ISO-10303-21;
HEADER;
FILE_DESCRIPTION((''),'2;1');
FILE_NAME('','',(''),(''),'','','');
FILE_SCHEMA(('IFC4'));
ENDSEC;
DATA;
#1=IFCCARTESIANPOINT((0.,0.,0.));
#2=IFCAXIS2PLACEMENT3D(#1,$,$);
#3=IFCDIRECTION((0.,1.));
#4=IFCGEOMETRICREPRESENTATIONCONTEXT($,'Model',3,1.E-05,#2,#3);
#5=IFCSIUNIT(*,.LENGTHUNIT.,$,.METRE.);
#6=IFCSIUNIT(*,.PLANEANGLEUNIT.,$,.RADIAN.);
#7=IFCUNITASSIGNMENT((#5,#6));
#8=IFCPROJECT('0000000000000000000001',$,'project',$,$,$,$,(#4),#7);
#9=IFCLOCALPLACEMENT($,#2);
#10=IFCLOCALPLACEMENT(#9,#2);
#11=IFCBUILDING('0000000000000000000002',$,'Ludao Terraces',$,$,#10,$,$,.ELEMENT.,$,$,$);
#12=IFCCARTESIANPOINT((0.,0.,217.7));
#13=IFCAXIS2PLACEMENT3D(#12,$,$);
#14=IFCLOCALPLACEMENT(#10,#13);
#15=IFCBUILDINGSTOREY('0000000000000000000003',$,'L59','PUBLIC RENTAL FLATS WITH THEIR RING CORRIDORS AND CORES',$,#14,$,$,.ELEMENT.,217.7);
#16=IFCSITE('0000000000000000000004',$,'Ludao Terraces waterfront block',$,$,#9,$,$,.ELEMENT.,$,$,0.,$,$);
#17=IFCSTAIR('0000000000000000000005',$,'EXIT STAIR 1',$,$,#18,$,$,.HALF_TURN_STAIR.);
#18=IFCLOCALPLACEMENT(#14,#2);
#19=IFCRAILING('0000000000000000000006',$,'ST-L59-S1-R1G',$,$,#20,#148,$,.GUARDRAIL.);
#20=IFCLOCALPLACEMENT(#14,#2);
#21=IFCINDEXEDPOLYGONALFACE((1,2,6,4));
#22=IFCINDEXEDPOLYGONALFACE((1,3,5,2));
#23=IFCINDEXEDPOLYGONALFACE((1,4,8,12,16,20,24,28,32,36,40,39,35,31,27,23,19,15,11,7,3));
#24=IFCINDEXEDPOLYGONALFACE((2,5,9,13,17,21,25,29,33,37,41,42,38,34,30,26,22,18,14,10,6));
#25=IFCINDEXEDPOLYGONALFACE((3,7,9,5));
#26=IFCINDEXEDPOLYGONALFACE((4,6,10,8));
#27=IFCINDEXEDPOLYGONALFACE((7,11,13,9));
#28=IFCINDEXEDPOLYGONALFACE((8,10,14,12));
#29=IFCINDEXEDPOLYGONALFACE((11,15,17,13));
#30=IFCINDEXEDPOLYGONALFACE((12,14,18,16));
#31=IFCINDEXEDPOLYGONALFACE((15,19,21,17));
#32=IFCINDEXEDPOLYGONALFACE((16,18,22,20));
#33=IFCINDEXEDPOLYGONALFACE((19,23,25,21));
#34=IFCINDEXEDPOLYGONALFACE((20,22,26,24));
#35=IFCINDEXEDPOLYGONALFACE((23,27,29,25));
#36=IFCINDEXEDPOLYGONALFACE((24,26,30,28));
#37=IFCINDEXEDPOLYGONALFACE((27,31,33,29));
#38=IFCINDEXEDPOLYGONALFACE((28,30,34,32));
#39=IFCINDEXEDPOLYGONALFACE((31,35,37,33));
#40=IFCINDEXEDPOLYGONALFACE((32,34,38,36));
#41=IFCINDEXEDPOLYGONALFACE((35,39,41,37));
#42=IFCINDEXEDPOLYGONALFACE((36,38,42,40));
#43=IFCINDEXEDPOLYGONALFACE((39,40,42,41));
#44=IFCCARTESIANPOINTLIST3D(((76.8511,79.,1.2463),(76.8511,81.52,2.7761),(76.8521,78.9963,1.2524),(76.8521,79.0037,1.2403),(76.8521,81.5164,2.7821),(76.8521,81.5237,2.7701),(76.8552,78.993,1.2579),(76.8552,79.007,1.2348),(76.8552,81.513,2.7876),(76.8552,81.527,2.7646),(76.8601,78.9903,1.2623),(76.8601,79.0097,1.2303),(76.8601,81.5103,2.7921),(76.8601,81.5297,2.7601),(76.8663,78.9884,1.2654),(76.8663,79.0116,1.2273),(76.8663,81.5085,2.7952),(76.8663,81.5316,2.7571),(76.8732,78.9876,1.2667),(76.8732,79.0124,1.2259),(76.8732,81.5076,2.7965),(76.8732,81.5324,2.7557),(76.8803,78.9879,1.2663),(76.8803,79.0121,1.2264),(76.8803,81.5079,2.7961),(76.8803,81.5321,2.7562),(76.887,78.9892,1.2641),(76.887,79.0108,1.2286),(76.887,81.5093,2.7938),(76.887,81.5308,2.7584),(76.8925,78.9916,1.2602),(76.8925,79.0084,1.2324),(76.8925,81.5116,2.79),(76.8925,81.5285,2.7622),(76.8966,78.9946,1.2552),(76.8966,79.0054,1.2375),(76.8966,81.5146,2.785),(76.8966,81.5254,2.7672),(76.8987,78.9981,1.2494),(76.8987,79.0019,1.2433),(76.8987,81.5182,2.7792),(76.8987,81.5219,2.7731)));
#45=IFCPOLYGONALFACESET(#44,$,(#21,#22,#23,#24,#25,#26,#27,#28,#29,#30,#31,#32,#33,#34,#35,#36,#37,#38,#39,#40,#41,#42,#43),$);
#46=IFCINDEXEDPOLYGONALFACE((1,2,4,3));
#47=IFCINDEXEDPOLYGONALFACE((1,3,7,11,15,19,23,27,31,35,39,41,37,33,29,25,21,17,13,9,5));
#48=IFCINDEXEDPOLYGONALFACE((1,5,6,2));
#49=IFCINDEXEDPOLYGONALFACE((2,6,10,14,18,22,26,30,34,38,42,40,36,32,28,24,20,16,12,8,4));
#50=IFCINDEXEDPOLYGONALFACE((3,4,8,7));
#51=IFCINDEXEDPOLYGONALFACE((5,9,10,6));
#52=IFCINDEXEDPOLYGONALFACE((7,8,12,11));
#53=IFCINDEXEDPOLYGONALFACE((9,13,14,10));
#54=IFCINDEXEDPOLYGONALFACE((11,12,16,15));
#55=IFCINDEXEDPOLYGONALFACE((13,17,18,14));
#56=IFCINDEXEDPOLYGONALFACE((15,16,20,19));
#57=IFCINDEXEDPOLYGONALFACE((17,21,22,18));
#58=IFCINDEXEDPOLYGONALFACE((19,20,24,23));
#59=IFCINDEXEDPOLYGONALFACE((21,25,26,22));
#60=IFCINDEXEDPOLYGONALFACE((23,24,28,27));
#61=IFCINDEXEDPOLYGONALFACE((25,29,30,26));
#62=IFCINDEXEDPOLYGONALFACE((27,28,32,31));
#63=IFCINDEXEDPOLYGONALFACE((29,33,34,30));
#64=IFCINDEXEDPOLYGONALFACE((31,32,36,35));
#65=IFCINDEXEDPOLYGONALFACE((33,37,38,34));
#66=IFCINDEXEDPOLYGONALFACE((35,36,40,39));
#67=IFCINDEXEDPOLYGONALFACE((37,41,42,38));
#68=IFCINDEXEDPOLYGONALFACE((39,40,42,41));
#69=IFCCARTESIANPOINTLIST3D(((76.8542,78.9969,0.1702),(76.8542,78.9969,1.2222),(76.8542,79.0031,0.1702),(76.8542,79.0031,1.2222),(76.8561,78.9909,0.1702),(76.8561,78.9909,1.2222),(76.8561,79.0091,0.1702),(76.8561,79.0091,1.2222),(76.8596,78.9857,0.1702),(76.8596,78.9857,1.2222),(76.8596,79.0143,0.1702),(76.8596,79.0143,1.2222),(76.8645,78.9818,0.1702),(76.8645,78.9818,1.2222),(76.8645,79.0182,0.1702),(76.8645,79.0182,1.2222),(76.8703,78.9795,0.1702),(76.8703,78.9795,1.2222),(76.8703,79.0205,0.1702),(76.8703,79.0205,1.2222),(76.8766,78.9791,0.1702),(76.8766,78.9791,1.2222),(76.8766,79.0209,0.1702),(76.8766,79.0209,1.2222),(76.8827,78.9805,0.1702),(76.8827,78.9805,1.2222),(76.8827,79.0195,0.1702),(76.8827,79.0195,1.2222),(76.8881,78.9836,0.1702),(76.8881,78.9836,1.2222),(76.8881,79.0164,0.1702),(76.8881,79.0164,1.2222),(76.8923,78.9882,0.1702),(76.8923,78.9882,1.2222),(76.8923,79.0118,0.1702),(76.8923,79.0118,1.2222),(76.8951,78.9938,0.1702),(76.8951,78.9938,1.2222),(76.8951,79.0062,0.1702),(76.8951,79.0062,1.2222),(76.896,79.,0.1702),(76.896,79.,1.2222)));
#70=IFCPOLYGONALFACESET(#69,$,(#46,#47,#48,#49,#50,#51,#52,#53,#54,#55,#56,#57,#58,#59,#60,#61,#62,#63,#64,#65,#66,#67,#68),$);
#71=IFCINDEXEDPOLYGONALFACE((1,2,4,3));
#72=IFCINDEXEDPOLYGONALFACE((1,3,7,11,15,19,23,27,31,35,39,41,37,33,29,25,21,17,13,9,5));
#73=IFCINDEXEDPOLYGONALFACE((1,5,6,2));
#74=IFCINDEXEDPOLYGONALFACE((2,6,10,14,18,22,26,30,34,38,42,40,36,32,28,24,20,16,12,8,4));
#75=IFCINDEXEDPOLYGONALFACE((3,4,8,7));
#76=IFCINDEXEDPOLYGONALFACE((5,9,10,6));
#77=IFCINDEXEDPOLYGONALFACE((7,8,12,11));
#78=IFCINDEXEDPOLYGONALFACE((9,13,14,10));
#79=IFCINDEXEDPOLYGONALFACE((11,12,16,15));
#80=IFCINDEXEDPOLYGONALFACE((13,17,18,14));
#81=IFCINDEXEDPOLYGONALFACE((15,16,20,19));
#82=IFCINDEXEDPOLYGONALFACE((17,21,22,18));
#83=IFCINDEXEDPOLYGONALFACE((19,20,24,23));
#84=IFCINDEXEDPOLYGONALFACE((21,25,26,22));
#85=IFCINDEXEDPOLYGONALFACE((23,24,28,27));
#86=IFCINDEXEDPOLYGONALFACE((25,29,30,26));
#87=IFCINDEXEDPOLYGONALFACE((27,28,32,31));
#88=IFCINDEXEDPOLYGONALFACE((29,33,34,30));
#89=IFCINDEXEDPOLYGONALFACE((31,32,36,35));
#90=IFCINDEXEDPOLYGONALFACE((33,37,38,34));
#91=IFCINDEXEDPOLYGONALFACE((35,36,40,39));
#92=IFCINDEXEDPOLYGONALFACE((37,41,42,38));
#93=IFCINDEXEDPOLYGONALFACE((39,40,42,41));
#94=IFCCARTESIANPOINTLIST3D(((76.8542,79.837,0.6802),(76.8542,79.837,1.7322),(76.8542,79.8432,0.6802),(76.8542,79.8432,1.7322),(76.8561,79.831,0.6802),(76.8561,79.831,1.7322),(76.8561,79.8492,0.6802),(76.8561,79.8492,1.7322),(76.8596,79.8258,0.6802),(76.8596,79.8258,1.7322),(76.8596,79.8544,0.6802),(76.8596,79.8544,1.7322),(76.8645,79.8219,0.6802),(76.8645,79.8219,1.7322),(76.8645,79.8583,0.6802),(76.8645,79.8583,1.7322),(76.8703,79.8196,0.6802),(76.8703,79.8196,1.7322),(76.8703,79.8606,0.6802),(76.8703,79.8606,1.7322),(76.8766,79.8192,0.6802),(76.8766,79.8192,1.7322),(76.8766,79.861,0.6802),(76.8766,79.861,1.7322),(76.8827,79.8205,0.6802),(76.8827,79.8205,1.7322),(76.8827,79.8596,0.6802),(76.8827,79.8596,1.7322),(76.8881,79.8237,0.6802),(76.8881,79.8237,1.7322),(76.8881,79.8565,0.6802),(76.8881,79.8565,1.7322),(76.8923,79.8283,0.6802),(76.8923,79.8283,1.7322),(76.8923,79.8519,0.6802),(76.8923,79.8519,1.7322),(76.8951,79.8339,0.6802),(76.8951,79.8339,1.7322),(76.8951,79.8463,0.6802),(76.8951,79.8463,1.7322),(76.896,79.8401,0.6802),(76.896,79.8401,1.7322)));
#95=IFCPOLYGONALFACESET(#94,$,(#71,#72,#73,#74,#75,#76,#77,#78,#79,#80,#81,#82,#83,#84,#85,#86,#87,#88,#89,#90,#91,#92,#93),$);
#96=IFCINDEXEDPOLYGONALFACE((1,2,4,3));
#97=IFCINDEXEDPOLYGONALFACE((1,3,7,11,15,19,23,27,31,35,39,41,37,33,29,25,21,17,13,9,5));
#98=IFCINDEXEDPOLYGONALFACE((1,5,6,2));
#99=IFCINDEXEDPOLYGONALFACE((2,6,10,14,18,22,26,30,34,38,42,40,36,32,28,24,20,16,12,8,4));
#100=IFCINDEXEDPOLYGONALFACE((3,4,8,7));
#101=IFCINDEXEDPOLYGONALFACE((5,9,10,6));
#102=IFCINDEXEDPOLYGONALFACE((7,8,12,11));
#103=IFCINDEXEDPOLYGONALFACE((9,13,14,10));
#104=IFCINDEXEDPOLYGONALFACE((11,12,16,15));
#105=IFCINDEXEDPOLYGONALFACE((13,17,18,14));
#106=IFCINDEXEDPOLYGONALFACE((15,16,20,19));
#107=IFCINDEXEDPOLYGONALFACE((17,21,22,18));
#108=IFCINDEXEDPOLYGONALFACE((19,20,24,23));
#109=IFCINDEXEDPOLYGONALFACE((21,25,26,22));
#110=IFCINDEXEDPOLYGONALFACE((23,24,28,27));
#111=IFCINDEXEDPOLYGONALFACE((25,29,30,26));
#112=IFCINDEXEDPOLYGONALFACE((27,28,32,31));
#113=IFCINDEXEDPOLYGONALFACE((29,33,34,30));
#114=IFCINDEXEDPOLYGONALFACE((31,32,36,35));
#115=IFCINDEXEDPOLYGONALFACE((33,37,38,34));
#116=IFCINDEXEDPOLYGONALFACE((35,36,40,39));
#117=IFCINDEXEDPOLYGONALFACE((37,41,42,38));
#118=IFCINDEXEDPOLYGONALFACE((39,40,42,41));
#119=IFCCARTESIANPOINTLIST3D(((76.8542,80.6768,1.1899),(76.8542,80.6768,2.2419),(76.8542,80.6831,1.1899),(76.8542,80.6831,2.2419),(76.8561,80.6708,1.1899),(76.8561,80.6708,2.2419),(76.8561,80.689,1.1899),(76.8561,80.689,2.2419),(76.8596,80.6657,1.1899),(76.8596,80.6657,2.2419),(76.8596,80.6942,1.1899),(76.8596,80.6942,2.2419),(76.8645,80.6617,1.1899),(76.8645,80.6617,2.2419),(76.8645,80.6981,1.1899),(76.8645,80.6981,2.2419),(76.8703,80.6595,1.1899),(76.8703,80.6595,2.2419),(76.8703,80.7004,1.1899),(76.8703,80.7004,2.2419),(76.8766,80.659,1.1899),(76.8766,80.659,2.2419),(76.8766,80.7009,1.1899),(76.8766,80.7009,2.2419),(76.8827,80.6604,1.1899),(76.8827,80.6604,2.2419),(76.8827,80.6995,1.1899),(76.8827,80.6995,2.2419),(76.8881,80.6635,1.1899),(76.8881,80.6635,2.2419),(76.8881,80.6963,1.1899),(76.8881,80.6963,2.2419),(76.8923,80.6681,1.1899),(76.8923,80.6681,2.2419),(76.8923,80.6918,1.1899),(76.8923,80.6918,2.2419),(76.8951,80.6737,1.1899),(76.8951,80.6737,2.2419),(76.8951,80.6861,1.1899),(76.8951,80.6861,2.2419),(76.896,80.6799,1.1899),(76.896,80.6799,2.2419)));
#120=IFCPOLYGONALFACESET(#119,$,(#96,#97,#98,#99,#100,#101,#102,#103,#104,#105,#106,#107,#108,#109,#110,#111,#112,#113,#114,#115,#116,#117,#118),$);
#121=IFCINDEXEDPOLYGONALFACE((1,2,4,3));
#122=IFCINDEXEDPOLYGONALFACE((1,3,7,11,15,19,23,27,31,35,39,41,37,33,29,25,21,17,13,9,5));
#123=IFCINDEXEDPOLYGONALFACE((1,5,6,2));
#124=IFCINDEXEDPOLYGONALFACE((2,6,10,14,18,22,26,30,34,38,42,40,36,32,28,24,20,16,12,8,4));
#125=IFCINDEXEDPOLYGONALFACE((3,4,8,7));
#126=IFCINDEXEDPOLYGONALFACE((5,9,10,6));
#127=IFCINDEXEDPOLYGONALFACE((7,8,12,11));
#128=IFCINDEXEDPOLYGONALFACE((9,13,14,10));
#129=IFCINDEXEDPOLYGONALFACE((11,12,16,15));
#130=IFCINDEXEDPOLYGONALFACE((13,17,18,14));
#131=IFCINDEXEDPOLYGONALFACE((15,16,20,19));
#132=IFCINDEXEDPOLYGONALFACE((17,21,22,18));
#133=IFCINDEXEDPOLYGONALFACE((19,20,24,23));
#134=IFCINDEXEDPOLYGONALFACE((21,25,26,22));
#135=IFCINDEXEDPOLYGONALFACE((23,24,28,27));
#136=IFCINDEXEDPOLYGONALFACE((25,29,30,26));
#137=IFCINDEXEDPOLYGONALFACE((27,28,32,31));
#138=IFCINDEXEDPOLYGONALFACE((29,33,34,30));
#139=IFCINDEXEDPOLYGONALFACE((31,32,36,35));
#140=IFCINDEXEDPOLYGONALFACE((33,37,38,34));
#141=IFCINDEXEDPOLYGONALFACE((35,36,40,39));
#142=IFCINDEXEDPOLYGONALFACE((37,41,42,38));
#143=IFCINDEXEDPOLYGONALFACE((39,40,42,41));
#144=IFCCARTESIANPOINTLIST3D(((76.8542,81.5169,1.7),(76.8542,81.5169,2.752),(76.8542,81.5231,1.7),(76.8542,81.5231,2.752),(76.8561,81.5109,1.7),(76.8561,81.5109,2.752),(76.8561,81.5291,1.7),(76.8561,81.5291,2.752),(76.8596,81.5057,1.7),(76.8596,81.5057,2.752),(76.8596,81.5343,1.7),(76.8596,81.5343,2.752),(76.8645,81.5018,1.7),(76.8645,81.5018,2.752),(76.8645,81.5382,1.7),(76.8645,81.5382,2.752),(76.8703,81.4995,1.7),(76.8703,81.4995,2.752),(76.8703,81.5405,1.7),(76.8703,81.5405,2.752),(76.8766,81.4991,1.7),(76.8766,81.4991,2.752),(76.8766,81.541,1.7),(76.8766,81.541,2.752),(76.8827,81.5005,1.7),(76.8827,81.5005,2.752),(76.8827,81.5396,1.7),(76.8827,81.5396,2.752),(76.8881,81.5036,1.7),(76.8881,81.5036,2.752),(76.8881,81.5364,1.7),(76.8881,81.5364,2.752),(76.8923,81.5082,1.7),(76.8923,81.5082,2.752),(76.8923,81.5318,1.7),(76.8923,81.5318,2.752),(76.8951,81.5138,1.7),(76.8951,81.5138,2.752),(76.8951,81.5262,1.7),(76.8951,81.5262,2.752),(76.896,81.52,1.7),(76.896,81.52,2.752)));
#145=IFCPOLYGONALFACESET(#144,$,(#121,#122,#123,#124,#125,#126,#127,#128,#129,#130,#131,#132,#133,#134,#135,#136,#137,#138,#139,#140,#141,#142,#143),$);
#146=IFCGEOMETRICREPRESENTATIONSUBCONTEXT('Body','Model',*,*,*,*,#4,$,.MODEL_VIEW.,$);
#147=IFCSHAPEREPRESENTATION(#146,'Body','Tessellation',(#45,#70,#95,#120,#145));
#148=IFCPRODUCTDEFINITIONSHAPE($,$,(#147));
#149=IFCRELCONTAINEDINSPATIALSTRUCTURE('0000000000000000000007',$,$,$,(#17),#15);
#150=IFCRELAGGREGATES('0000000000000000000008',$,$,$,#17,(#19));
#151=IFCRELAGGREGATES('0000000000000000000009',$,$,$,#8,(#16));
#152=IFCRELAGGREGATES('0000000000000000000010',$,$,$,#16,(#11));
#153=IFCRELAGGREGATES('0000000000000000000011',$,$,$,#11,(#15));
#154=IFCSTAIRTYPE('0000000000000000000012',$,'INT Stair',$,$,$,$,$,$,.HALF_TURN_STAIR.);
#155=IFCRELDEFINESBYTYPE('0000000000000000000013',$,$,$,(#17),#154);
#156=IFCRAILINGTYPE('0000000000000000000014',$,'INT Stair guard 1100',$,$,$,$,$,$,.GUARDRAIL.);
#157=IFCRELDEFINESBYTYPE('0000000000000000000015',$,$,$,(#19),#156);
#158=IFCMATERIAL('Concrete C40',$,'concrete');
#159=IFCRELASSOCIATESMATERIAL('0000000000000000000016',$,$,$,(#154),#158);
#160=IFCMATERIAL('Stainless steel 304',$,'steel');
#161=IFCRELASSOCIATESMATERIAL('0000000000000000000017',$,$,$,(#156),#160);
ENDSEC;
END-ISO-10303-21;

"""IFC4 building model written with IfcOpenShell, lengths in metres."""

from ifc_helpers import new_model, si_unit, direction, frame, origin, origin_2d, place, context, subcontext, project, spatial, circle, extrude, material, type_object, element, aggregate, save


model = new_model("IFC4")

# Units and contexts
model_context = context("Model", 3, precision=1e-05, world=origin(), true_north=direction((0.0, 1.0)))
body_context = subcontext(model_context, "Body", "Model", "MODEL_VIEW")
ifc_project = project(units=[si_unit("LENGTHUNIT", "METRE"), si_unit("PLANEANGLEUNIT", "RADIAN")], contexts=[model_context])

# Site, building, storey
site_placement = place(None, origin())
site = spatial("IfcSite", under=ifc_project, at=site_placement, Name="Ludao Terraces waterfront block", CompositionType="ELEMENT", RefElevation=0.0)
building_placement = place(site_placement, origin())
building = spatial("IfcBuilding", under=site, at=building_placement, Name="Ludao Terraces", CompositionType="ELEMENT")
storey_placement = place(building_placement, frame((0.0, 0.0, 217.7)))
storey = spatial("IfcBuildingStorey", under=building, at=storey_placement, Name="L59", Description="PUBLIC RENTAL FLATS WITH THEIR RING CORRIDORS AND CORES", CompositionType="ELEMENT", Elevation=217.7)

# Shared definitions
ifc_material_1 = material(Name="Concrete C40", Category="concrete")

# Stair, railing
stair_type = type_object("IfcStairType", Name="INT Stair", PredefinedType="HALF_TURN_STAIR", material=ifc_material_1)
stair_placement = place(storey_placement, origin())
stair = element("IfcStair", 1, at=stair_placement, inside=storey, type_object=stair_type, Name="EXIT STAIR 1", PredefinedType="HALF_TURN_STAIR")
ifc_material_2 = material(Name="Stainless steel 304", Category="steel")
railing_type_1 = type_object("IfcRailingType", Name="INT Stair guard 1100", PredefinedType="GUARDRAIL", material=ifc_material_2)
railing_1_placement = place(storey_placement, frame((76.875, 79.0, 0.1702)))
railing_1 = element("IfcRailing", 2, at=railing_1_placement, type_object=railing_type_1, Name="ST-L59-S1-R1G", PredefinedType="GUARDRAIL", context=body_context, shape_type="SweptSolid", body=[
    extrude(circle(Radius=0.0239, at=origin_2d()), frame((0.0, 0.0, 1.0762), z_axis=(0.0, 0.854822, 0.518922), x_axis=(-1.0, 0.0, 0.0)), (0.0, 0.0, 1.0), 2.948),
    extrude(circle(Radius=0.021, at=origin_2d()), origin(), (0.0, 0.0, 1.0), 1.052),
    extrude(circle(Radius=0.021, at=origin_2d()), frame((0.0, 0.8401, 0.51)), (0.0, 0.0, 1.0), 1.052),
    extrude(circle(Radius=0.021, at=origin_2d()), frame((0.0, 1.6799, 1.0198)), (0.0, 0.0, 1.0), 1.052),
    extrude(circle(Radius=0.021, at=origin_2d()), frame((0.0, 2.52, 1.5298)), (0.0, 0.0, 1.0), 1.052),
])
aggregate(stair, [railing_1])

save(model, "model.ifc")
